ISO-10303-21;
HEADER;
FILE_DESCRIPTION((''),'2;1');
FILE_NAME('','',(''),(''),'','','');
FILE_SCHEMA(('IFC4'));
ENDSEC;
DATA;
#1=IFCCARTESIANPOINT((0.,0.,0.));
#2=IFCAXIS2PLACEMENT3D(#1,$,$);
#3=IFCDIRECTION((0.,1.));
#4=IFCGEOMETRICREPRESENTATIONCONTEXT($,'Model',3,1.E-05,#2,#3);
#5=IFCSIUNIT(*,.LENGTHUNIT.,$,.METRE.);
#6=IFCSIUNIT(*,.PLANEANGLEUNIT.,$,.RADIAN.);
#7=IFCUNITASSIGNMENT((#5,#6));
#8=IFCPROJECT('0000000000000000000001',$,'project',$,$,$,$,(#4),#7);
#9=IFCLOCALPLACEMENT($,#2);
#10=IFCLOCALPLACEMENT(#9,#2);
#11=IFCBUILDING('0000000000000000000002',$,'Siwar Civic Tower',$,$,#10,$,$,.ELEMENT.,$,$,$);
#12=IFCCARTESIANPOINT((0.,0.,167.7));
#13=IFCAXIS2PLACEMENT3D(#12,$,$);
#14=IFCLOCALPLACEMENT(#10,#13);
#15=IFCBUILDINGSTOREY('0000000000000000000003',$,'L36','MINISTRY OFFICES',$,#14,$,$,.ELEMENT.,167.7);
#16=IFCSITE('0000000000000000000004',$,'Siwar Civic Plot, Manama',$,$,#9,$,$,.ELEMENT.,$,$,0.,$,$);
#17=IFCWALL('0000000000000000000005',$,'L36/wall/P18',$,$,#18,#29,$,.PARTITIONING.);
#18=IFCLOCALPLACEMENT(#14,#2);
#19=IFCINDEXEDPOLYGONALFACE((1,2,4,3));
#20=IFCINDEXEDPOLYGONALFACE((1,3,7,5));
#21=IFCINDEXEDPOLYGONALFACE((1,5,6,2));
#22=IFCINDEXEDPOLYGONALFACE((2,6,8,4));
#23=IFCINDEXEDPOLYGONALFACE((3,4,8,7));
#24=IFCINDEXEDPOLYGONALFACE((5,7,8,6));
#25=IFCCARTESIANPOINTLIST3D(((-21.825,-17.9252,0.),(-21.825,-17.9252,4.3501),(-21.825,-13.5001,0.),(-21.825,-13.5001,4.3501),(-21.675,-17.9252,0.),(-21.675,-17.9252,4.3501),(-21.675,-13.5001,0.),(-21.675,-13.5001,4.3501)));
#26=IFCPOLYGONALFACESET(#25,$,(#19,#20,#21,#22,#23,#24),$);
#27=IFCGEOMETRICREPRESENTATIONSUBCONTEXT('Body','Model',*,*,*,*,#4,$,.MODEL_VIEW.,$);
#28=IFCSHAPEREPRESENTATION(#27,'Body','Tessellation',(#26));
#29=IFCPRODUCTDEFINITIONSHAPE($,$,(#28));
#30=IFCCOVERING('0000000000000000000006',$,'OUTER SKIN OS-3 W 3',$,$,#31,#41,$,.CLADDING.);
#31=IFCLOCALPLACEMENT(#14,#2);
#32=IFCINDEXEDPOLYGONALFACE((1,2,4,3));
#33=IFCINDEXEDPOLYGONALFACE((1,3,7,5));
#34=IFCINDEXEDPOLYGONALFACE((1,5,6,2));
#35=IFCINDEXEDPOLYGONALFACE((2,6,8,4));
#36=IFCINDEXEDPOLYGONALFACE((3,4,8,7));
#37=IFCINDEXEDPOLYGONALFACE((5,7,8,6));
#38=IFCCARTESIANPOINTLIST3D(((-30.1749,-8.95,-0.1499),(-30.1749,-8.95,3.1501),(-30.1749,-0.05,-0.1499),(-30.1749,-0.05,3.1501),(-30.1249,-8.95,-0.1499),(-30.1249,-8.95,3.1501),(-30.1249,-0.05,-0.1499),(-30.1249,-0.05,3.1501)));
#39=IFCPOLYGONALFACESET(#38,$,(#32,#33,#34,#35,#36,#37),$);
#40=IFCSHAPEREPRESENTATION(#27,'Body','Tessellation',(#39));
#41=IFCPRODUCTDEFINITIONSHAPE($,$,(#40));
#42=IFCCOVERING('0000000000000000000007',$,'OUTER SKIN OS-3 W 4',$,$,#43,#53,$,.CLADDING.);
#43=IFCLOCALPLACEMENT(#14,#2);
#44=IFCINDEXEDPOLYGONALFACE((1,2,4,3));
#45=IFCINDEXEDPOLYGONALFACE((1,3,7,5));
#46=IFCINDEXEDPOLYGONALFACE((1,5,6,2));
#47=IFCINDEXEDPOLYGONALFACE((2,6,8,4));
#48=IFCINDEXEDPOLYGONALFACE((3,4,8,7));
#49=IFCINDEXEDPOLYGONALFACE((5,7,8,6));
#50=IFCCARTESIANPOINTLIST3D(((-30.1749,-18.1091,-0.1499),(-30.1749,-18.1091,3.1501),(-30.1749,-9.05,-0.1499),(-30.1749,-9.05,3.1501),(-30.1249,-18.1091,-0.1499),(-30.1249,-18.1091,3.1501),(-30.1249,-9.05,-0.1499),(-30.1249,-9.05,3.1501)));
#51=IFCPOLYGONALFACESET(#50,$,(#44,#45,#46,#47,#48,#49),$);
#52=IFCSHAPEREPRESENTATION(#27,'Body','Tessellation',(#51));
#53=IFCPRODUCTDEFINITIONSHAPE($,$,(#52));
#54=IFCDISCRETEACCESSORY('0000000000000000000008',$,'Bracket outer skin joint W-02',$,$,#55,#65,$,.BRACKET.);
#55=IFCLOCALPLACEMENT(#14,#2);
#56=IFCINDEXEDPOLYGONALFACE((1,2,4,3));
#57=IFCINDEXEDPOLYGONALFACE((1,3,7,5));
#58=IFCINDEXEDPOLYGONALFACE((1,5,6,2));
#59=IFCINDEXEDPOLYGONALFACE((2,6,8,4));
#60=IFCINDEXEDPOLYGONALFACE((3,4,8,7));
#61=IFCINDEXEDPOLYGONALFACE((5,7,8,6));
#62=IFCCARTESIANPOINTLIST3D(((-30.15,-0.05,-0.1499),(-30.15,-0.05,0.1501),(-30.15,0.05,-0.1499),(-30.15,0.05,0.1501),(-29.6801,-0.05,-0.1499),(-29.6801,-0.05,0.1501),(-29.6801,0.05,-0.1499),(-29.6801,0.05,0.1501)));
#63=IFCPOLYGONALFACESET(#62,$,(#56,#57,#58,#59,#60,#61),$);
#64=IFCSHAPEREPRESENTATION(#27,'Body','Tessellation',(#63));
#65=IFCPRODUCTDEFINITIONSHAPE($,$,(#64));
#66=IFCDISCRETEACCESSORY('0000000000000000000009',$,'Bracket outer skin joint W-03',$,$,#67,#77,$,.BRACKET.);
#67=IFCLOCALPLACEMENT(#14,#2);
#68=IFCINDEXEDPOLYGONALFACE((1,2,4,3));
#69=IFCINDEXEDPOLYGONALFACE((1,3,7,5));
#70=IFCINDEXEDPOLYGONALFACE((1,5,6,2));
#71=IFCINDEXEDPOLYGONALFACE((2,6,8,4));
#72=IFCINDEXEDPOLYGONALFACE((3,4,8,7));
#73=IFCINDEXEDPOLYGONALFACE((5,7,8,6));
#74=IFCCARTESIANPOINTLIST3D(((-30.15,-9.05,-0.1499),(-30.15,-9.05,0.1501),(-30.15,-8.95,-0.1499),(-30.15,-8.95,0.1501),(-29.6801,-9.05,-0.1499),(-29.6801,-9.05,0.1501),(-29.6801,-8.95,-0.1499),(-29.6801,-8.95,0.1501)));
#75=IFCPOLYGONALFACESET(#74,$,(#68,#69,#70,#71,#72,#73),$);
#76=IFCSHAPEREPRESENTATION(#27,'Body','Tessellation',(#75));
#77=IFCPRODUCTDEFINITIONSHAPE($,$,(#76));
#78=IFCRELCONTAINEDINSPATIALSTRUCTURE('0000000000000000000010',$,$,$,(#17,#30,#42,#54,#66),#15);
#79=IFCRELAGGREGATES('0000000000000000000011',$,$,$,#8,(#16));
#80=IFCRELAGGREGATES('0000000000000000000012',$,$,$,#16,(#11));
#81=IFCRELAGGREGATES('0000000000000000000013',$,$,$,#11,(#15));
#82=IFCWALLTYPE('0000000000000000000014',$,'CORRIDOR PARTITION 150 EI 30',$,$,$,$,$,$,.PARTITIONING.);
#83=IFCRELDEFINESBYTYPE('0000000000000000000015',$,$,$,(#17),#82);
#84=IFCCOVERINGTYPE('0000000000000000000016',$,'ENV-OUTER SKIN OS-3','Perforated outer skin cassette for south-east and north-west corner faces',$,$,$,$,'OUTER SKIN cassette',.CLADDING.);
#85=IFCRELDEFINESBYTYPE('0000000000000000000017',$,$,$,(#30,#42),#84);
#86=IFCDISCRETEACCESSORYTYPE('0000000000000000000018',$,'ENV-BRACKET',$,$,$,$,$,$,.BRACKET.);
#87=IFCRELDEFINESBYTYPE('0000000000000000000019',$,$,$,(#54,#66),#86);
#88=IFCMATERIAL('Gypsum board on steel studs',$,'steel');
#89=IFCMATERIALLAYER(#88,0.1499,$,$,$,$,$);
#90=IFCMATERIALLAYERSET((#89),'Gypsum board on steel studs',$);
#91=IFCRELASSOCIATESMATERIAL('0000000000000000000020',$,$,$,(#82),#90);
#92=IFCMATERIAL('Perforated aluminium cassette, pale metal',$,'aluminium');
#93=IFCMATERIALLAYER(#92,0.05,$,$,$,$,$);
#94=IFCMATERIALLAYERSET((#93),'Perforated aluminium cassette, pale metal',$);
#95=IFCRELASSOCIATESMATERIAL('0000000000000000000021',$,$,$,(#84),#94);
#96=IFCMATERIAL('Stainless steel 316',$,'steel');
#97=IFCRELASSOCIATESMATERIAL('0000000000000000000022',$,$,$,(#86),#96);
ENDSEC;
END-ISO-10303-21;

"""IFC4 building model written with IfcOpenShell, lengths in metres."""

from ifc_helpers import new_model, si_unit, direction, frame, frame_2d, origin, origin_2d, place, context, subcontext, project, spatial, rectangle, extrude, material, layer, layer_set, type_object, element, save


model = new_model("IFC4")

# Units and contexts
model_context = context("Model", 3, precision=1e-05, world=origin(), true_north=direction((0.0, 1.0)))
body_context = subcontext(model_context, "Body", "Model", "MODEL_VIEW")
ifc_project = project(units=[si_unit("LENGTHUNIT", "METRE"), si_unit("PLANEANGLEUNIT", "RADIAN")], contexts=[model_context])

# Site, building, storey
site_placement = place(None, origin())
site = spatial("IfcSite", under=ifc_project, at=site_placement, Name="Siwar Civic Plot, Manama", CompositionType="ELEMENT", RefElevation=0.0)
building_placement = place(site_placement, origin())
building = spatial("IfcBuilding", under=site, at=building_placement, Name="Siwar Civic Tower", CompositionType="ELEMENT")
storey_placement = place(building_placement, frame((0.0, 0.0, 167.7)))
storey = spatial("IfcBuildingStorey", under=building, at=storey_placement, Name="L36", Description="MINISTRY OFFICES", CompositionType="ELEMENT", Elevation=167.7)

# Shared definitions
ifc_material_1 = material(Name="Gypsum board on steel studs", Category="steel")
ifc_layer_1 = layer(ifc_material_1, 0.1499)
ifc_layer_set_1 = layer_set([ifc_layer_1], Name="Gypsum board on steel studs")
wall_type_1 = type_object("IfcWallType", Name="CORRIDOR PARTITION 150 EI 30", PredefinedType="PARTITIONING", material=ifc_layer_set_1)

# Wall
wall_1_placement = place(storey_placement, frame((-21.75, -17.925, 0.0), z_axis=(0.0, 0.0, 1.0), x_axis=(0.0, 1.0, 0.0)))
element("IfcWall", 1, at=wall_1_placement, inside=storey, type_object=wall_type_1, Name="L36/wall/P18", PredefinedType="PARTITIONING", context=body_context, shape_type="SweptSolid", body=[
    extrude(rectangle(XDim=4.425, YDim=0.1499, at=frame_2d((2.2124, 0.0))), origin(), (0.0, 0.0, 1.0), 4.3501),
])

# Coverings
ifc_material_2 = material(Name="Perforated aluminium cassette, pale metal", Category="aluminium")
ifc_layer_2 = layer(ifc_material_2, 0.05)
ifc_layer_set_2 = layer_set([ifc_layer_2], Name="Perforated aluminium cassette, pale metal")
covering_type = type_object("IfcCoveringType", Name="ENV-OUTER SKIN OS-3", Description="Perforated outer skin cassette for south-east and north-west corner faces", ElementType="OUTER SKIN cassette", PredefinedType="CLADDING", material=ifc_layer_set_2)
covering_1_placement = place(storey_placement, frame((-30.1499, -4.5, -0.1499), z_axis=(0.0, 0.0, 1.0), x_axis=(0.0, -1.0, 0.0)))
element("IfcCovering", 2, at=covering_1_placement, inside=storey, type_object=covering_type, Name="OUTER SKIN OS-3 W 3", PredefinedType="CLADDING", context=body_context, shape_type="SweptSolid", body=[
    extrude(rectangle(XDim=8.8999, YDim=0.05, at=origin_2d()), origin(), (0.0, 0.0, 1.0), 3.3),
])
covering_2_placement = place(storey_placement, frame((-30.1499, -13.5796, -0.1499), z_axis=(0.0, 0.0, 1.0), x_axis=(0.0, -1.0, 0.0)))
element("IfcCovering", 3, at=covering_2_placement, inside=storey, type_object=covering_type, Name="OUTER SKIN OS-3 W 4", PredefinedType="CLADDING", context=body_context, shape_type="SweptSolid", body=[
    extrude(rectangle(XDim=9.0591, YDim=0.05, at=origin_2d()), origin(), (0.0, 0.0, 1.0), 3.3),
])

# Discrete accessories
ifc_material_3 = material(Name="Stainless steel 316", Category="steel")
discrete_accessory_type = type_object("IfcDiscreteAccessoryType", Name="ENV-BRACKET", PredefinedType="BRACKET", material=ifc_material_3)
for number, where, z_axis, x_axis, name in (
    (4, (-29.915, 0.0, -0.1499), (0.0, 0.0, 1.0), (-1.0, 0.0, 0.0), "Bracket outer skin joint W-02"),
    (5, (-29.915, -9.0, -0.1499), (0.0, 0.0, 1.0), (-1.0, 0.0, 0.0), "Bracket outer skin joint W-03"),
):
    element("IfcDiscreteAccessory", number, at=place(storey_placement, frame(where, z_axis=z_axis, x_axis=x_axis)), inside=storey, type_object=discrete_accessory_type, Name=name, PredefinedType="BRACKET", context=body_context, shape_type="SweptSolid", body=[
        extrude(rectangle(XDim=0.47, YDim=0.1001, at=origin_2d()), origin(), (0.0, 0.0, 1.0), 0.3),
    ])

save(model, "model.ifc")
